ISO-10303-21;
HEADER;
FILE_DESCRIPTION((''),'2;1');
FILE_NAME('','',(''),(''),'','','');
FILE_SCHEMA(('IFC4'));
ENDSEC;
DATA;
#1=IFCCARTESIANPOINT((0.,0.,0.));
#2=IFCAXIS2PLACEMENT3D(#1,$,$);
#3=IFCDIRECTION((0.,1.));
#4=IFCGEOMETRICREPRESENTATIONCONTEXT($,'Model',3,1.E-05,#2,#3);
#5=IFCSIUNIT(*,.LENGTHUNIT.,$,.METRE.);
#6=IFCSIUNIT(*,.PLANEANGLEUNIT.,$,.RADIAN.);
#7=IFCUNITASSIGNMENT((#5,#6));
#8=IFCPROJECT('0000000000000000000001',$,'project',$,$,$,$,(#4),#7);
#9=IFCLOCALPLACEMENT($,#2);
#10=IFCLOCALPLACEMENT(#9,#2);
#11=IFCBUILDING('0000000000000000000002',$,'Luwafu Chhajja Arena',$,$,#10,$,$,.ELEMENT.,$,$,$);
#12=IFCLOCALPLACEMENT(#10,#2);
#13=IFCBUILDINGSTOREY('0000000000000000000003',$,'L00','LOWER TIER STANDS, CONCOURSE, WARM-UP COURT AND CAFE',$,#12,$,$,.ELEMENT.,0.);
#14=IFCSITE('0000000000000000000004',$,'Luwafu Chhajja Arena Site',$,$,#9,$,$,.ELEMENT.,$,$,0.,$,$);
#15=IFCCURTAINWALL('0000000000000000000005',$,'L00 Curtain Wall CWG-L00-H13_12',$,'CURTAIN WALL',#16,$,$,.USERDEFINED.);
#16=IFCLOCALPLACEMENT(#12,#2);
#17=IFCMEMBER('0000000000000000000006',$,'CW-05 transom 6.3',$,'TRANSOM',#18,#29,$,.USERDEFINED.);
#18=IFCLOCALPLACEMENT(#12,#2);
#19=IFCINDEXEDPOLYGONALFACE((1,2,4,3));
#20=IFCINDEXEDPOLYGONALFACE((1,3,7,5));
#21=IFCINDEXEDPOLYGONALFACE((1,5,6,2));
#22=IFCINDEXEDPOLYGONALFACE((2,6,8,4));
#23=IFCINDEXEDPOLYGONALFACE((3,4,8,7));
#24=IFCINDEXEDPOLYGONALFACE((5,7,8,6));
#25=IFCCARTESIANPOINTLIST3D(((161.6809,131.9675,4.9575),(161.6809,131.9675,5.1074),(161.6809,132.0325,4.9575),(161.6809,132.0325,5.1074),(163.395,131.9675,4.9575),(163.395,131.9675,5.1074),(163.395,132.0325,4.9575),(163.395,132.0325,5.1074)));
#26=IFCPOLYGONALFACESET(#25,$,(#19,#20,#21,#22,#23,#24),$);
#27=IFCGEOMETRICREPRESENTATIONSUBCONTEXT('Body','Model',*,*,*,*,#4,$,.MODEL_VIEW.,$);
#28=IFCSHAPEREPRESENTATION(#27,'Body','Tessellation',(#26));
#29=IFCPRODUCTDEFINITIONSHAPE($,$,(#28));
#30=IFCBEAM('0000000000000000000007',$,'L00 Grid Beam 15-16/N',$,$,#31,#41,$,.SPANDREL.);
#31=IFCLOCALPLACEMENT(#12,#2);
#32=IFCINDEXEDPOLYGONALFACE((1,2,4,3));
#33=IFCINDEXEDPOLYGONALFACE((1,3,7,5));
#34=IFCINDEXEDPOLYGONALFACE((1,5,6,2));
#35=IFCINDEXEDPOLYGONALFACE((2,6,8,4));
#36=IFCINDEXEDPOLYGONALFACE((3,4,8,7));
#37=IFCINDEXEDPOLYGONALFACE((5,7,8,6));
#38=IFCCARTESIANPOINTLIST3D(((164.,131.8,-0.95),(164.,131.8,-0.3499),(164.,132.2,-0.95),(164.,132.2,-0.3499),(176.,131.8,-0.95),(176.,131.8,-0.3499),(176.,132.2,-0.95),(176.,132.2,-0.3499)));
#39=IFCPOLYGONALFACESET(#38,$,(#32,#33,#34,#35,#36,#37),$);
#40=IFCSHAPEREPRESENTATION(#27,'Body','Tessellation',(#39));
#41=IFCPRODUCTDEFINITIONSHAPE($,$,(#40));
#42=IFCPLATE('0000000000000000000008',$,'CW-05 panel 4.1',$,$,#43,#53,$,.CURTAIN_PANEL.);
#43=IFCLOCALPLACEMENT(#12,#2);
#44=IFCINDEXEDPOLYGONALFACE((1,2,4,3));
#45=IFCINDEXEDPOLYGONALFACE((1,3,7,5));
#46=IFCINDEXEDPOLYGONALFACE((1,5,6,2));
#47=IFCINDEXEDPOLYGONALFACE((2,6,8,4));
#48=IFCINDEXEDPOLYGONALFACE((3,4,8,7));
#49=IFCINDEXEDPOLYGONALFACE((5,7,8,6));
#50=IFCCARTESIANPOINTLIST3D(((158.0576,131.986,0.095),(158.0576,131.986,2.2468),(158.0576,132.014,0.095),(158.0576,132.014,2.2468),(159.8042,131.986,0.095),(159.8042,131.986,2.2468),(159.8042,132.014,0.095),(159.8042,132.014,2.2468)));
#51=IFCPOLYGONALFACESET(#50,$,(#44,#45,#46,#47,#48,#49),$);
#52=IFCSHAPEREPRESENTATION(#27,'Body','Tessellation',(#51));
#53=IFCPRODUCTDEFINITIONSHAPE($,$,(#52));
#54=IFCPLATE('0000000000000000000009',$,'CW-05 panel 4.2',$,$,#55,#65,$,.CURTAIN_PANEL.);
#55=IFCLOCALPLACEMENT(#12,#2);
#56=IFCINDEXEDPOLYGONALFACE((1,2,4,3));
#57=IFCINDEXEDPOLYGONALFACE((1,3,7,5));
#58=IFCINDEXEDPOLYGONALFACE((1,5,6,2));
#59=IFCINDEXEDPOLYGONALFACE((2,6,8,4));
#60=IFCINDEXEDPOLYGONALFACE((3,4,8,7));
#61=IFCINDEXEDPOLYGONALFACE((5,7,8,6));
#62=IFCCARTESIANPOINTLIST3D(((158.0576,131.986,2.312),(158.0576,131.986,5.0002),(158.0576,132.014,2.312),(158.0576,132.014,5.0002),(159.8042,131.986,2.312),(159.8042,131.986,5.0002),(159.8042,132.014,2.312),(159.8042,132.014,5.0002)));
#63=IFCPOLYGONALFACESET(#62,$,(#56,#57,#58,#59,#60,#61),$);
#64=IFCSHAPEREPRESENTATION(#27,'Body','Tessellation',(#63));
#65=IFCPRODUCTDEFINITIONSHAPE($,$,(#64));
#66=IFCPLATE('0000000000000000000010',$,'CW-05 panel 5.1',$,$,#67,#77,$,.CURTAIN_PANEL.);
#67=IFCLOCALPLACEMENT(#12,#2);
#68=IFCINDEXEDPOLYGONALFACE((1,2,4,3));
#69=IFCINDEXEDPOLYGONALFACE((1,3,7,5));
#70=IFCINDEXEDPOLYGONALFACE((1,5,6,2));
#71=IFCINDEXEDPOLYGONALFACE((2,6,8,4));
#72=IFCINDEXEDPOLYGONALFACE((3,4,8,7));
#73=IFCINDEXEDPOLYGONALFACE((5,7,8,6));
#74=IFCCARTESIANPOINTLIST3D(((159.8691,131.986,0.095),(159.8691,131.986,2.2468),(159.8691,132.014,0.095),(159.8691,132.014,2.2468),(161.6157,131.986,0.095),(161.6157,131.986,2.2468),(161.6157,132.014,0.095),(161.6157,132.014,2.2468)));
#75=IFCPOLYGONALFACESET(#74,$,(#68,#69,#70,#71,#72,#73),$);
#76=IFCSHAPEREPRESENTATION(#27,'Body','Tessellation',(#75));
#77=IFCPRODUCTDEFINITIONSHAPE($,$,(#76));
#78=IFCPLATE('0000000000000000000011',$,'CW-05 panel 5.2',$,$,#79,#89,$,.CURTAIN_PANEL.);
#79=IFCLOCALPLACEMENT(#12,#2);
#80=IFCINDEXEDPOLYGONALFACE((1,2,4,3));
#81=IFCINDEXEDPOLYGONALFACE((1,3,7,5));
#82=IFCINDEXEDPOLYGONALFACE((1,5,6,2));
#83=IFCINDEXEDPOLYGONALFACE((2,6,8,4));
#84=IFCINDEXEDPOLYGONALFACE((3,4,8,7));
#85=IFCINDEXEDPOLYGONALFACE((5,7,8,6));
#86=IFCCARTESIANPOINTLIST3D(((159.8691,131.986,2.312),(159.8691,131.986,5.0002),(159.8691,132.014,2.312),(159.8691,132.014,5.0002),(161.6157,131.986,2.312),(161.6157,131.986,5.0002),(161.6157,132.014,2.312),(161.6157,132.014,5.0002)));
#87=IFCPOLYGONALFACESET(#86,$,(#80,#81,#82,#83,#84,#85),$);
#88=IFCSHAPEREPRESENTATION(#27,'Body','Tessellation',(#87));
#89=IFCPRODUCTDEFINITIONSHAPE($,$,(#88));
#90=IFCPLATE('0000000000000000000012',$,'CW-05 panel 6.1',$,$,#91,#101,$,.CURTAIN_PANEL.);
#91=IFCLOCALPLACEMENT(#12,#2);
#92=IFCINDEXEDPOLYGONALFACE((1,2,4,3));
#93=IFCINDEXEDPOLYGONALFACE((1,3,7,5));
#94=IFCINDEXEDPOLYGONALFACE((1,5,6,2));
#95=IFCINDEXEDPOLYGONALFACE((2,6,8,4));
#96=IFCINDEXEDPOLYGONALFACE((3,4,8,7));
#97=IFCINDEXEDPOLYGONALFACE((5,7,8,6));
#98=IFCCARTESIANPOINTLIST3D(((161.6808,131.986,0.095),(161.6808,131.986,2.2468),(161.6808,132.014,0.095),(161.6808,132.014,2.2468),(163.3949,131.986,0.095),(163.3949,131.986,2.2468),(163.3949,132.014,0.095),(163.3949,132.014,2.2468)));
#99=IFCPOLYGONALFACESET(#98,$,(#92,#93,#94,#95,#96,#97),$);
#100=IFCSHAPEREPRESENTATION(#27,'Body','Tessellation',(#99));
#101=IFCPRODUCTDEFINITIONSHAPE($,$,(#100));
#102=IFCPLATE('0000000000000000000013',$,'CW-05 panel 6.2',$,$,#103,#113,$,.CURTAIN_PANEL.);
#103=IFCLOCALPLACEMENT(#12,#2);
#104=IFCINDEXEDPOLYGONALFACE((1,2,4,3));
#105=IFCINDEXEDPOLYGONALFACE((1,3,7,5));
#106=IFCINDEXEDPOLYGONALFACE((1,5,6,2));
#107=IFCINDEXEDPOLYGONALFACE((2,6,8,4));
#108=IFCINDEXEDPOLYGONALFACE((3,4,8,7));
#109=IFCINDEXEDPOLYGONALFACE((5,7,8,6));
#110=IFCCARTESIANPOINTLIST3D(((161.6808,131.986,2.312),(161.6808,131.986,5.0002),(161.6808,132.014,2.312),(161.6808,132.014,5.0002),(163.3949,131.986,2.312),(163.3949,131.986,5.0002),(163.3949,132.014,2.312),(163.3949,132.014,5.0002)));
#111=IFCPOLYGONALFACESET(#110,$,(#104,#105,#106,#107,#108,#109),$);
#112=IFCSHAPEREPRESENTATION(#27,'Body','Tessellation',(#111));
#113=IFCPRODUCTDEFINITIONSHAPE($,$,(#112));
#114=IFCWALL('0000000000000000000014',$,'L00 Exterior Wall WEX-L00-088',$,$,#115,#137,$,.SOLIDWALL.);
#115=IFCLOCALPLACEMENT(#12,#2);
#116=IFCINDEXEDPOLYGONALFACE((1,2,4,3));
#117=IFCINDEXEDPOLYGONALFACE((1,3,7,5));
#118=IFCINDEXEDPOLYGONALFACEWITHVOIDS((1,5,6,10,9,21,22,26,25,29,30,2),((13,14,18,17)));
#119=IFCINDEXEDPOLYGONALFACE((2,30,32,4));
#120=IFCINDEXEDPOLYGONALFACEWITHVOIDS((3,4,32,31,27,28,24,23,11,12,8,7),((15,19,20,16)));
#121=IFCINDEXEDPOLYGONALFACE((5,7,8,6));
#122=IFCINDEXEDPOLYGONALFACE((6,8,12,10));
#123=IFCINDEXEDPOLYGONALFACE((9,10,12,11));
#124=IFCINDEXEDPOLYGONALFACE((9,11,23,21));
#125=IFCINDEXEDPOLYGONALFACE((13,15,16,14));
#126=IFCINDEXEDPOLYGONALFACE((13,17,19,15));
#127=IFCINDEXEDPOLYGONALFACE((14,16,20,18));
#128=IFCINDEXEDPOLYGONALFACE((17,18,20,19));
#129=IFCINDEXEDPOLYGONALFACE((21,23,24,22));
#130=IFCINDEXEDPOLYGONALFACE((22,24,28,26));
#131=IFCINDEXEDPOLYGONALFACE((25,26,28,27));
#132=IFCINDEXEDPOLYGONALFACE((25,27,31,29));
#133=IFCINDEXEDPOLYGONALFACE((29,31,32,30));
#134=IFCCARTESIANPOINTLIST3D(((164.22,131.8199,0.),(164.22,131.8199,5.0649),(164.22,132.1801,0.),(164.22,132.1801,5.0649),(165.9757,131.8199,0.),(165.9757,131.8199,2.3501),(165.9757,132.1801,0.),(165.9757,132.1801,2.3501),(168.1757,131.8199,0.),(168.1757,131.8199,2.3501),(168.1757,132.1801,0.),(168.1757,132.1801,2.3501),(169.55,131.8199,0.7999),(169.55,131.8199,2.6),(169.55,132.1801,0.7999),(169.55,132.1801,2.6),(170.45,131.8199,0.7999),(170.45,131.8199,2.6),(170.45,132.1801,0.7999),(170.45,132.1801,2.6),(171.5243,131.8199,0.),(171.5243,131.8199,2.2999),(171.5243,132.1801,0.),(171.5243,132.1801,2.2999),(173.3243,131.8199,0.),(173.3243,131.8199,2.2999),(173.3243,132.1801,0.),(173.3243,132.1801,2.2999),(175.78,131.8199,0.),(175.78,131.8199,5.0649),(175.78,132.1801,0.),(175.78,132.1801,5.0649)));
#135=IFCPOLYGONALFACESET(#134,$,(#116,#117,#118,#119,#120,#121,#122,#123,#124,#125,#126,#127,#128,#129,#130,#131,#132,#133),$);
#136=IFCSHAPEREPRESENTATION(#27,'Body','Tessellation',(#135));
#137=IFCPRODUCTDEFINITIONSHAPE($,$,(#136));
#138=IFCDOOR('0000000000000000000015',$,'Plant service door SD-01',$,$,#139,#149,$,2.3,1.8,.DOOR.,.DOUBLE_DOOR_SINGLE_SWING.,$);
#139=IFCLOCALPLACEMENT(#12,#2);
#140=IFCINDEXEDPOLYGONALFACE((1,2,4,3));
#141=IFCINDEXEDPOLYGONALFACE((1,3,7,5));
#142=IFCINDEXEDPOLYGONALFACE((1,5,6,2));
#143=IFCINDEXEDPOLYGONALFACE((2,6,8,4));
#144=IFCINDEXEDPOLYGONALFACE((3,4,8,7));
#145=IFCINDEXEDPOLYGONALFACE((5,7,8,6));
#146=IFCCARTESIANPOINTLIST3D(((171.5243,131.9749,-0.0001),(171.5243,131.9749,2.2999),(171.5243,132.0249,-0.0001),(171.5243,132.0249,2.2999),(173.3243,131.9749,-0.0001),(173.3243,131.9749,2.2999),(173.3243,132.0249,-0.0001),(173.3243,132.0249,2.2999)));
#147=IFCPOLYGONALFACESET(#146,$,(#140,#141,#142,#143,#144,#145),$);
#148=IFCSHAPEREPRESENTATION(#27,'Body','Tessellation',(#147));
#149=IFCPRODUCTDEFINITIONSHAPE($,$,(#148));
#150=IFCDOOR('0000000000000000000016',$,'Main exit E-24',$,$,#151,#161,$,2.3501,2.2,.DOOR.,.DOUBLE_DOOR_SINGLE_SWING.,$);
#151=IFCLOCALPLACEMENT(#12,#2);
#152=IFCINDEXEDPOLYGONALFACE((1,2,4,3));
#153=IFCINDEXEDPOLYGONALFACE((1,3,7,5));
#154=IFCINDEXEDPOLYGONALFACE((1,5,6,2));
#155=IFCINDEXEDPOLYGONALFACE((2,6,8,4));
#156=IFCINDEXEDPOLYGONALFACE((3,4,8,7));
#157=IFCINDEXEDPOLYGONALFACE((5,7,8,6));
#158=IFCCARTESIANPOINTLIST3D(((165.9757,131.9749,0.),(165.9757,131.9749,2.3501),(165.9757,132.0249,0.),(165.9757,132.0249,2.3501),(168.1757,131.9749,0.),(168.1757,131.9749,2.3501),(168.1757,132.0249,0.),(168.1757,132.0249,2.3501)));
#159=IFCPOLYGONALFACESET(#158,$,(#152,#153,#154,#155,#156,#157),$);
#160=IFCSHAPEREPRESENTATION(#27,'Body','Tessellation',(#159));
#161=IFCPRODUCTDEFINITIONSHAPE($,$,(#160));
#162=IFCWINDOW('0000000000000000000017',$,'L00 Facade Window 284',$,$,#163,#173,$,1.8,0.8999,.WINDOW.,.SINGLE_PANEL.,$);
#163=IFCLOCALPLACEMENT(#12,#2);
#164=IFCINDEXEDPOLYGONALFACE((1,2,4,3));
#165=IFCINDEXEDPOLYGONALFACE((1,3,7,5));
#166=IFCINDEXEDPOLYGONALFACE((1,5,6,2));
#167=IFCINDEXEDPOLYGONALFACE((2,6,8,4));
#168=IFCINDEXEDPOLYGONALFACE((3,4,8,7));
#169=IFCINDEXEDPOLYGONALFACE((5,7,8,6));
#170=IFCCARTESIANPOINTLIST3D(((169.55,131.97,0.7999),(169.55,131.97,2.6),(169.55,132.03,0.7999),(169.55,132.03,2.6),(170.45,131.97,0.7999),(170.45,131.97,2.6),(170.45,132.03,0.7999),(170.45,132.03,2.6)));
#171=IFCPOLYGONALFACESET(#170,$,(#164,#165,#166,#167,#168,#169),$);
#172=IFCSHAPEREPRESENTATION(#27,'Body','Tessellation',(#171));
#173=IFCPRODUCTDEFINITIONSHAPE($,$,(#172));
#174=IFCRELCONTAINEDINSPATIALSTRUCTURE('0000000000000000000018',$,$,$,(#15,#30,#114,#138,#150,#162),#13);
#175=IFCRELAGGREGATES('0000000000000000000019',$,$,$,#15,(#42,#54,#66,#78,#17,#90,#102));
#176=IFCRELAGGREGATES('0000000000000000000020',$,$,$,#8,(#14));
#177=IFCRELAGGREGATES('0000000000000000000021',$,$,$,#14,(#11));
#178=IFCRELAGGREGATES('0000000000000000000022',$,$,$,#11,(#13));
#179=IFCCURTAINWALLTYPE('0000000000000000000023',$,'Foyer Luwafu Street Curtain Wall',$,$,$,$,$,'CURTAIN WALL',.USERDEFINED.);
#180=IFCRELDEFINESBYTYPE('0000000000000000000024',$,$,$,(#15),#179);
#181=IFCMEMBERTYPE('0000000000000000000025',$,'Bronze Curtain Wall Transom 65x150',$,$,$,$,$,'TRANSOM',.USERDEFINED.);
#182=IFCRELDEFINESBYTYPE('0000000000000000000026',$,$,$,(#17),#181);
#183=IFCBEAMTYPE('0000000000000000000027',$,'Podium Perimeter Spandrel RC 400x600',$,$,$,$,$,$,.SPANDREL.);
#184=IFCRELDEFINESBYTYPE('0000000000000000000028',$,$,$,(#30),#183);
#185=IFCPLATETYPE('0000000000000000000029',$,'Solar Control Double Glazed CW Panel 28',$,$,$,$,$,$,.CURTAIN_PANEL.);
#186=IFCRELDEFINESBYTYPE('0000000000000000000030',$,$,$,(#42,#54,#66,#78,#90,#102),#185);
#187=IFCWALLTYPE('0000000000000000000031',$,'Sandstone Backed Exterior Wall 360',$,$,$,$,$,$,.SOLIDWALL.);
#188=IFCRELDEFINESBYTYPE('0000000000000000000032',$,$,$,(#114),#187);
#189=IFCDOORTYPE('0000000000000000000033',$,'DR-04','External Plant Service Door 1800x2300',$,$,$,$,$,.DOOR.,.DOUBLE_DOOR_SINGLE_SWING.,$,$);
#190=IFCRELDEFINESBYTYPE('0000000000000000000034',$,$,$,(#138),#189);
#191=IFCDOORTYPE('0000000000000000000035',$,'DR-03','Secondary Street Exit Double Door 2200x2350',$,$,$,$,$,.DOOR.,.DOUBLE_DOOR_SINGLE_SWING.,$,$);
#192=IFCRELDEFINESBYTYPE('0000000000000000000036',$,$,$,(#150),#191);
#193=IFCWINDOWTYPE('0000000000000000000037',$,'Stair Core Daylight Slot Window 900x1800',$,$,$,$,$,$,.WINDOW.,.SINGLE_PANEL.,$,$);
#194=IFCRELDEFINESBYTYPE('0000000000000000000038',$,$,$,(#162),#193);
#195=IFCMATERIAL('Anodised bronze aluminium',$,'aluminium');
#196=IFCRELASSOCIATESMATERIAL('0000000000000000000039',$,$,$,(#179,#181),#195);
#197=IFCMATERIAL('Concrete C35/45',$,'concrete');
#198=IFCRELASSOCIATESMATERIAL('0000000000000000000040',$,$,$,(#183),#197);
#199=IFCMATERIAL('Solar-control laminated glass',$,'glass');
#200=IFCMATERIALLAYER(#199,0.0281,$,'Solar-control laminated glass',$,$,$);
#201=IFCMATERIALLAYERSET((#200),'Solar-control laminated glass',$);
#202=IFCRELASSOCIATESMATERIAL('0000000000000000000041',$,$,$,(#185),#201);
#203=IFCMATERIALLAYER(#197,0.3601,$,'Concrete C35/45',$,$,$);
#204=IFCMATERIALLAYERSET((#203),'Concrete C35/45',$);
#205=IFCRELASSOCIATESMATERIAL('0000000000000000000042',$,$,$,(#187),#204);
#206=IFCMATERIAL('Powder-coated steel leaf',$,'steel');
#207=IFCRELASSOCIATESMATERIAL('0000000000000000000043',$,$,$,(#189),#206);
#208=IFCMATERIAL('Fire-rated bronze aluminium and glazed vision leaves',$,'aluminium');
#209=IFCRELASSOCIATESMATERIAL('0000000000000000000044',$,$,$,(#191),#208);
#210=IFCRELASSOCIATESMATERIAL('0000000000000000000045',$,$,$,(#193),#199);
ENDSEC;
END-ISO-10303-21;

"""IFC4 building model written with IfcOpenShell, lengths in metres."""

from ifc_helpers import new_model, si_unit, direction, frame, frame_2d, origin, origin_2d, place, context, subcontext, project, spatial, rectangle, extrude, material, layer, layer_set, material_profile, profile_set, type_object, element, fill, aggregate, save


model = new_model("IFC4")

# Units and contexts
model_context = context("Model", 3, precision=1e-05, world=origin(), true_north=direction((0.0, 1.0)))
body_context = subcontext(model_context, "Body", "Model", "MODEL_VIEW")
ifc_project = project(units=[si_unit("LENGTHUNIT", "METRE"), si_unit("PLANEANGLEUNIT", "RADIAN")], contexts=[model_context])

# Site, building, storey
site_placement = place(None, origin())
site = spatial("IfcSite", under=ifc_project, at=site_placement, Name="Luwafu Chhajja Arena Site", CompositionType="ELEMENT", RefElevation=0.0)
building_placement = place(site_placement, origin())
building = spatial("IfcBuilding", under=site, at=building_placement, Name="Luwafu Chhajja Arena", CompositionType="ELEMENT")
storey_placement = place(building_placement, origin())
storey = spatial("IfcBuildingStorey", under=building, at=storey_placement, Name="L00", Description="LOWER TIER STANDS, CONCOURSE, WARM-UP COURT AND CAFE", CompositionType="ELEMENT", Elevation=0.0)

# Curtain wall, member
ifc_material_1 = material(Name="Anodised bronze aluminium", Category="aluminium")
curtain_wall_type = type_object("IfcCurtainWallType", Name="Foyer Luwafu Street Curtain Wall", ElementType="CURTAIN WALL", PredefinedType="USERDEFINED", material=ifc_material_1)
curtain_wall_placement = place(storey_placement, origin())
curtain_wall = element("IfcCurtainWall", 1, at=curtain_wall_placement, inside=storey, type_object=curtain_wall_type, Name="L00 Curtain Wall CWG-L00-H13_12", ObjectType="CURTAIN WALL", PredefinedType="USERDEFINED")
ifc_material_profile_1 = material_profile(ifc_material_1, rectangle(XDim=0.0649, YDim=0.1499, at=origin_2d()), Name="CWT 65x150")
ifc_profile_set_1 = profile_set([ifc_material_profile_1], Name="Anodised bronze aluminium")
member_type_1 = type_object("IfcMemberType", Name="Bronze Curtain Wall Transom 65x150", ElementType="TRANSOM", PredefinedType="USERDEFINED", material=ifc_profile_set_1)
member_1_placement = place(storey_placement, frame((161.6809, 132.0, 5.0325), z_axis=(1.0, 0.0, 0.0), x_axis=(0.0, 1.0, 0.0)))
member_1 = element("IfcMember", 2, at=member_1_placement, type_object=member_type_1, Name="CW-05 transom 6.3", ObjectType="TRANSOM", PredefinedType="USERDEFINED", context=body_context, shape_type="SweptSolid", body=[
    extrude(rectangle(XDim=0.0649, YDim=0.1499, at=origin_2d()), origin(), (0.0, 0.0, 1.0), 1.7141),
])

# Beam
ifc_material_2 = material(Name="Concrete C35/45", Category="concrete")
ifc_material_profile_2 = material_profile(ifc_material_2, rectangle(XDim=0.3999, YDim=0.6001, at=origin_2d()), Name="RC 400x600")
ifc_profile_set_2 = profile_set([ifc_material_profile_2], Name="Concrete C35/45")
beam_type = type_object("IfcBeamType", Name="Podium Perimeter Spandrel RC 400x600", PredefinedType="SPANDREL", material=ifc_profile_set_2)
beam_placement = place(storey_placement, frame((164.0, 132.0, -0.6499), z_axis=(1.0, 0.0, 0.0), x_axis=(0.0, 1.0, 0.0)))
element("IfcBeam", 3, at=beam_placement, inside=storey, type_object=beam_type, Name="L00 Grid Beam 15-16/N", PredefinedType="SPANDREL", context=body_context, shape_type="SweptSolid", body=[
    extrude(rectangle(XDim=0.3999, YDim=0.6001, at=origin_2d()), origin(), (0.0, 0.0, 1.0), 12.0),
])

# Plates
ifc_material_3 = material(Name="Solar-control laminated glass", Category="glass")
ifc_layer_1 = layer(ifc_material_3, 0.0281, Name="Solar-control laminated glass")
ifc_layer_set_1 = layer_set([ifc_layer_1], Name="Solar-control laminated glass")
plate_type = type_object("IfcPlateType", Name="Solar Control Double Glazed CW Panel 28", PredefinedType="CURTAIN_PANEL", material=ifc_layer_set_1)
plate_1_placement = place(storey_placement, frame((158.9309, 132.0, 0.095), z_axis=(0.0, 0.0, 1.0), x_axis=(1.0, 0.0, 0.0)))
plate_1 = element("IfcPlate", 4, at=plate_1_placement, type_object=plate_type, Name="CW-05 panel 4.1", PredefinedType="CURTAIN_PANEL", context=body_context, shape_type="SweptSolid", body=[
    extrude(rectangle(XDim=1.7466, YDim=0.0281, at=origin_2d()), origin(), (0.0, 0.0, 1.0), 2.1519),
])
plate_2_placement = place(storey_placement, frame((158.9309, 132.0, 2.312), z_axis=(0.0, 0.0, 1.0), x_axis=(1.0, 0.0, 0.0)))
plate_2 = element("IfcPlate", 5, at=plate_2_placement, type_object=plate_type, Name="CW-05 panel 4.2", PredefinedType="CURTAIN_PANEL", context=body_context, shape_type="SweptSolid", body=[
    extrude(rectangle(XDim=1.7466, YDim=0.0281, at=origin_2d()), origin(), (0.0, 0.0, 1.0), 2.6882),
])
plate_3_placement = place(storey_placement, frame((160.7424, 132.0, 0.095), z_axis=(0.0, 0.0, 1.0), x_axis=(1.0, 0.0, 0.0)))
plate_3 = element("IfcPlate", 6, at=plate_3_placement, type_object=plate_type, Name="CW-05 panel 5.1", PredefinedType="CURTAIN_PANEL", context=body_context, shape_type="SweptSolid", body=[
    extrude(rectangle(XDim=1.7466, YDim=0.0281, at=origin_2d()), origin(), (0.0, 0.0, 1.0), 2.1519),
])
plate_4_placement = place(storey_placement, frame((160.7424, 132.0, 2.312), z_axis=(0.0, 0.0, 1.0), x_axis=(1.0, 0.0, 0.0)))
plate_4 = element("IfcPlate", 7, at=plate_4_placement, type_object=plate_type, Name="CW-05 panel 5.2", PredefinedType="CURTAIN_PANEL", context=body_context, shape_type="SweptSolid", body=[
    extrude(rectangle(XDim=1.7466, YDim=0.0281, at=origin_2d()), origin(), (0.0, 0.0, 1.0), 2.6882),
])
plate_5_placement = place(storey_placement, frame((162.5378, 132.0, 0.095), z_axis=(0.0, 0.0, 1.0), x_axis=(1.0, 0.0, 0.0)))
plate_5 = element("IfcPlate", 8, at=plate_5_placement, type_object=plate_type, Name="CW-05 panel 6.1", PredefinedType="CURTAIN_PANEL", context=body_context, shape_type="SweptSolid", body=[
    extrude(rectangle(XDim=1.7141, YDim=0.0281, at=origin_2d()), origin(), (0.0, 0.0, 1.0), 2.1519),
])
plate_6_placement = place(storey_placement, frame((162.5378, 132.0, 2.312), z_axis=(0.0, 0.0, 1.0), x_axis=(1.0, 0.0, 0.0)))
plate_6 = element("IfcPlate", 9, at=plate_6_placement, type_object=plate_type, Name="CW-05 panel 6.2", PredefinedType="CURTAIN_PANEL", context=body_context, shape_type="SweptSolid", body=[
    extrude(rectangle(XDim=1.7141, YDim=0.0281, at=origin_2d()), origin(), (0.0, 0.0, 1.0), 2.6882),
])
aggregate(curtain_wall, [plate_1, plate_2, plate_3, plate_4, member_1, plate_5, plate_6])

# Wall, openings, doors, window
ifc_layer_2 = layer(ifc_material_2, 0.3601, Name="Concrete C35/45")
ifc_layer_set_2 = layer_set([ifc_layer_2], Name="Concrete C35/45")
wall_type = type_object("IfcWallType", Name="Sandstone Backed Exterior Wall 360", PredefinedType="SOLIDWALL", material=ifc_layer_set_2)
wall_placement = place(storey_placement, frame((164.22, 132.0, 0.0), z_axis=(0.0, 0.0, 1.0), x_axis=(1.0, 0.0, 0.0)))
wall = element("IfcWall", 10, at=wall_placement, inside=storey, type_object=wall_type, Name="L00 Exterior Wall WEX-L00-088", PredefinedType="SOLIDWALL", context=body_context, shape_type="SweptSolid", body=[
    extrude(rectangle(XDim=11.5601, YDim=0.3601, at=frame_2d((5.78, 0.0))), origin(), (0.0, 0.0, 1.0), 5.0649),
])
opening_1_placement = place(wall_placement, frame((1.7556, 0.0, 0.0)))
opening_1 = element("IfcOpeningElement", 11, at=opening_1_placement, cuts=wall, PredefinedType="OPENING", context=body_context, shape_type="SweptSolid", body=[
    extrude(rectangle(XDim=2.2, YDim=2.3501, at=frame_2d((1.1001, 1.175))), frame((0.0, 0.1899, 0.0), z_axis=(0.0, -1.0, 0.0), x_axis=(1.0, 0.0, 0.0)), (0.0, 0.0, 1.0), 0.3801),
])
opening_2_placement = place(wall_placement, frame((7.3044, 0.0, 0.0)))
opening_2 = element("IfcOpeningElement", 12, at=opening_2_placement, cuts=wall, PredefinedType="OPENING", context=body_context, shape_type="SweptSolid", body=[
    extrude(rectangle(XDim=1.8, YDim=2.3, at=frame_2d((0.8999, 1.1499))), frame((0.0, 0.1899, 0.0), z_axis=(0.0, -1.0, 0.0), x_axis=(1.0, 0.0, 0.0)), (0.0, 0.0, 1.0), 0.3801),
])
opening_3_placement = place(wall_placement, frame((5.3301, 0.0, 0.8)))
opening_3 = element("IfcOpeningElement", 13, at=opening_3_placement, cuts=wall, PredefinedType="OPENING", context=body_context, shape_type="SweptSolid", body=[
    extrude(rectangle(XDim=0.8999, YDim=1.8, at=frame_2d((0.45, 0.8999))), frame((0.0, 0.1899, 0.0), z_axis=(0.0, -1.0, 0.0), x_axis=(1.0, 0.0, 0.0)), (0.0, 0.0, 1.0), 0.3801),
])
ifc_material_4 = material(Name="Powder-coated steel leaf", Category="steel")
door_type_1 = type_object("IfcDoorType", Name="DR-04", Description="External Plant Service Door 1800x2300", OperationType="DOUBLE_DOOR_SINGLE_SWING", PredefinedType="DOOR", material=ifc_material_4)
door_1_placement = place(opening_2_placement, origin())
door_1 = element("IfcDoor", 14, at=door_1_placement, inside=storey, type_object=door_type_1, Name="Plant service door SD-01", OperationType="DOUBLE_DOOR_SINGLE_SWING", OverallHeight=2.3, OverallWidth=1.8, PredefinedType="DOOR", context=body_context, shape_type="SweptSolid", body=[
    extrude(rectangle(XDim=1.8, YDim=2.3, at=frame_2d((0.8999, 1.1499))), frame((0.0, 0.0249, 0.0), z_axis=(0.0, -1.0, 0.0), x_axis=(1.0, 0.0, 0.0)), (0.0, 0.0, 1.0), 0.05),
])
fill(opening_2, door_1)
ifc_material_5 = material(Name="Fire-rated bronze aluminium and glazed vision leaves", Category="aluminium")
door_type_2 = type_object("IfcDoorType", Name="DR-03", Description="Secondary Street Exit Double Door 2200x2350", OperationType="DOUBLE_DOOR_SINGLE_SWING", PredefinedType="DOOR", material=ifc_material_5)
door_2_placement = place(opening_1_placement, origin())
door_2 = element("IfcDoor", 15, at=door_2_placement, inside=storey, type_object=door_type_2, Name="Main exit E-24", OperationType="DOUBLE_DOOR_SINGLE_SWING", OverallHeight=2.3501, OverallWidth=2.2, PredefinedType="DOOR", context=body_context, shape_type="SweptSolid", body=[
    extrude(rectangle(XDim=2.2, YDim=2.3501, at=frame_2d((1.1001, 1.175))), frame((0.0, 0.0249, 0.0), z_axis=(0.0, -1.0, 0.0), x_axis=(1.0, 0.0, 0.0)), (0.0, 0.0, 1.0), 0.05),
])
fill(opening_1, door_2)
window_type = type_object("IfcWindowType", Name="Stair Core Daylight Slot Window 900x1800", PartitioningType="SINGLE_PANEL", PredefinedType="WINDOW", material=ifc_material_3)
window_placement = place(opening_3_placement, origin())
window = element("IfcWindow", 16, at=window_placement, inside=storey, type_object=window_type, Name="L00 Facade Window 284", OverallHeight=1.8, OverallWidth=0.8999, PartitioningType="SINGLE_PANEL", PredefinedType="WINDOW", context=body_context, shape_type="SweptSolid", body=[
    extrude(rectangle(XDim=0.8999, YDim=1.8, at=frame_2d((0.45, 0.8999))), frame((0.0, 0.03, 0.0), z_axis=(0.0, -1.0, 0.0), x_axis=(1.0, 0.0, 0.0)), (0.0, 0.0, 1.0), 0.0601),
])
fill(opening_3, window)

save(model, "model.ifc")
